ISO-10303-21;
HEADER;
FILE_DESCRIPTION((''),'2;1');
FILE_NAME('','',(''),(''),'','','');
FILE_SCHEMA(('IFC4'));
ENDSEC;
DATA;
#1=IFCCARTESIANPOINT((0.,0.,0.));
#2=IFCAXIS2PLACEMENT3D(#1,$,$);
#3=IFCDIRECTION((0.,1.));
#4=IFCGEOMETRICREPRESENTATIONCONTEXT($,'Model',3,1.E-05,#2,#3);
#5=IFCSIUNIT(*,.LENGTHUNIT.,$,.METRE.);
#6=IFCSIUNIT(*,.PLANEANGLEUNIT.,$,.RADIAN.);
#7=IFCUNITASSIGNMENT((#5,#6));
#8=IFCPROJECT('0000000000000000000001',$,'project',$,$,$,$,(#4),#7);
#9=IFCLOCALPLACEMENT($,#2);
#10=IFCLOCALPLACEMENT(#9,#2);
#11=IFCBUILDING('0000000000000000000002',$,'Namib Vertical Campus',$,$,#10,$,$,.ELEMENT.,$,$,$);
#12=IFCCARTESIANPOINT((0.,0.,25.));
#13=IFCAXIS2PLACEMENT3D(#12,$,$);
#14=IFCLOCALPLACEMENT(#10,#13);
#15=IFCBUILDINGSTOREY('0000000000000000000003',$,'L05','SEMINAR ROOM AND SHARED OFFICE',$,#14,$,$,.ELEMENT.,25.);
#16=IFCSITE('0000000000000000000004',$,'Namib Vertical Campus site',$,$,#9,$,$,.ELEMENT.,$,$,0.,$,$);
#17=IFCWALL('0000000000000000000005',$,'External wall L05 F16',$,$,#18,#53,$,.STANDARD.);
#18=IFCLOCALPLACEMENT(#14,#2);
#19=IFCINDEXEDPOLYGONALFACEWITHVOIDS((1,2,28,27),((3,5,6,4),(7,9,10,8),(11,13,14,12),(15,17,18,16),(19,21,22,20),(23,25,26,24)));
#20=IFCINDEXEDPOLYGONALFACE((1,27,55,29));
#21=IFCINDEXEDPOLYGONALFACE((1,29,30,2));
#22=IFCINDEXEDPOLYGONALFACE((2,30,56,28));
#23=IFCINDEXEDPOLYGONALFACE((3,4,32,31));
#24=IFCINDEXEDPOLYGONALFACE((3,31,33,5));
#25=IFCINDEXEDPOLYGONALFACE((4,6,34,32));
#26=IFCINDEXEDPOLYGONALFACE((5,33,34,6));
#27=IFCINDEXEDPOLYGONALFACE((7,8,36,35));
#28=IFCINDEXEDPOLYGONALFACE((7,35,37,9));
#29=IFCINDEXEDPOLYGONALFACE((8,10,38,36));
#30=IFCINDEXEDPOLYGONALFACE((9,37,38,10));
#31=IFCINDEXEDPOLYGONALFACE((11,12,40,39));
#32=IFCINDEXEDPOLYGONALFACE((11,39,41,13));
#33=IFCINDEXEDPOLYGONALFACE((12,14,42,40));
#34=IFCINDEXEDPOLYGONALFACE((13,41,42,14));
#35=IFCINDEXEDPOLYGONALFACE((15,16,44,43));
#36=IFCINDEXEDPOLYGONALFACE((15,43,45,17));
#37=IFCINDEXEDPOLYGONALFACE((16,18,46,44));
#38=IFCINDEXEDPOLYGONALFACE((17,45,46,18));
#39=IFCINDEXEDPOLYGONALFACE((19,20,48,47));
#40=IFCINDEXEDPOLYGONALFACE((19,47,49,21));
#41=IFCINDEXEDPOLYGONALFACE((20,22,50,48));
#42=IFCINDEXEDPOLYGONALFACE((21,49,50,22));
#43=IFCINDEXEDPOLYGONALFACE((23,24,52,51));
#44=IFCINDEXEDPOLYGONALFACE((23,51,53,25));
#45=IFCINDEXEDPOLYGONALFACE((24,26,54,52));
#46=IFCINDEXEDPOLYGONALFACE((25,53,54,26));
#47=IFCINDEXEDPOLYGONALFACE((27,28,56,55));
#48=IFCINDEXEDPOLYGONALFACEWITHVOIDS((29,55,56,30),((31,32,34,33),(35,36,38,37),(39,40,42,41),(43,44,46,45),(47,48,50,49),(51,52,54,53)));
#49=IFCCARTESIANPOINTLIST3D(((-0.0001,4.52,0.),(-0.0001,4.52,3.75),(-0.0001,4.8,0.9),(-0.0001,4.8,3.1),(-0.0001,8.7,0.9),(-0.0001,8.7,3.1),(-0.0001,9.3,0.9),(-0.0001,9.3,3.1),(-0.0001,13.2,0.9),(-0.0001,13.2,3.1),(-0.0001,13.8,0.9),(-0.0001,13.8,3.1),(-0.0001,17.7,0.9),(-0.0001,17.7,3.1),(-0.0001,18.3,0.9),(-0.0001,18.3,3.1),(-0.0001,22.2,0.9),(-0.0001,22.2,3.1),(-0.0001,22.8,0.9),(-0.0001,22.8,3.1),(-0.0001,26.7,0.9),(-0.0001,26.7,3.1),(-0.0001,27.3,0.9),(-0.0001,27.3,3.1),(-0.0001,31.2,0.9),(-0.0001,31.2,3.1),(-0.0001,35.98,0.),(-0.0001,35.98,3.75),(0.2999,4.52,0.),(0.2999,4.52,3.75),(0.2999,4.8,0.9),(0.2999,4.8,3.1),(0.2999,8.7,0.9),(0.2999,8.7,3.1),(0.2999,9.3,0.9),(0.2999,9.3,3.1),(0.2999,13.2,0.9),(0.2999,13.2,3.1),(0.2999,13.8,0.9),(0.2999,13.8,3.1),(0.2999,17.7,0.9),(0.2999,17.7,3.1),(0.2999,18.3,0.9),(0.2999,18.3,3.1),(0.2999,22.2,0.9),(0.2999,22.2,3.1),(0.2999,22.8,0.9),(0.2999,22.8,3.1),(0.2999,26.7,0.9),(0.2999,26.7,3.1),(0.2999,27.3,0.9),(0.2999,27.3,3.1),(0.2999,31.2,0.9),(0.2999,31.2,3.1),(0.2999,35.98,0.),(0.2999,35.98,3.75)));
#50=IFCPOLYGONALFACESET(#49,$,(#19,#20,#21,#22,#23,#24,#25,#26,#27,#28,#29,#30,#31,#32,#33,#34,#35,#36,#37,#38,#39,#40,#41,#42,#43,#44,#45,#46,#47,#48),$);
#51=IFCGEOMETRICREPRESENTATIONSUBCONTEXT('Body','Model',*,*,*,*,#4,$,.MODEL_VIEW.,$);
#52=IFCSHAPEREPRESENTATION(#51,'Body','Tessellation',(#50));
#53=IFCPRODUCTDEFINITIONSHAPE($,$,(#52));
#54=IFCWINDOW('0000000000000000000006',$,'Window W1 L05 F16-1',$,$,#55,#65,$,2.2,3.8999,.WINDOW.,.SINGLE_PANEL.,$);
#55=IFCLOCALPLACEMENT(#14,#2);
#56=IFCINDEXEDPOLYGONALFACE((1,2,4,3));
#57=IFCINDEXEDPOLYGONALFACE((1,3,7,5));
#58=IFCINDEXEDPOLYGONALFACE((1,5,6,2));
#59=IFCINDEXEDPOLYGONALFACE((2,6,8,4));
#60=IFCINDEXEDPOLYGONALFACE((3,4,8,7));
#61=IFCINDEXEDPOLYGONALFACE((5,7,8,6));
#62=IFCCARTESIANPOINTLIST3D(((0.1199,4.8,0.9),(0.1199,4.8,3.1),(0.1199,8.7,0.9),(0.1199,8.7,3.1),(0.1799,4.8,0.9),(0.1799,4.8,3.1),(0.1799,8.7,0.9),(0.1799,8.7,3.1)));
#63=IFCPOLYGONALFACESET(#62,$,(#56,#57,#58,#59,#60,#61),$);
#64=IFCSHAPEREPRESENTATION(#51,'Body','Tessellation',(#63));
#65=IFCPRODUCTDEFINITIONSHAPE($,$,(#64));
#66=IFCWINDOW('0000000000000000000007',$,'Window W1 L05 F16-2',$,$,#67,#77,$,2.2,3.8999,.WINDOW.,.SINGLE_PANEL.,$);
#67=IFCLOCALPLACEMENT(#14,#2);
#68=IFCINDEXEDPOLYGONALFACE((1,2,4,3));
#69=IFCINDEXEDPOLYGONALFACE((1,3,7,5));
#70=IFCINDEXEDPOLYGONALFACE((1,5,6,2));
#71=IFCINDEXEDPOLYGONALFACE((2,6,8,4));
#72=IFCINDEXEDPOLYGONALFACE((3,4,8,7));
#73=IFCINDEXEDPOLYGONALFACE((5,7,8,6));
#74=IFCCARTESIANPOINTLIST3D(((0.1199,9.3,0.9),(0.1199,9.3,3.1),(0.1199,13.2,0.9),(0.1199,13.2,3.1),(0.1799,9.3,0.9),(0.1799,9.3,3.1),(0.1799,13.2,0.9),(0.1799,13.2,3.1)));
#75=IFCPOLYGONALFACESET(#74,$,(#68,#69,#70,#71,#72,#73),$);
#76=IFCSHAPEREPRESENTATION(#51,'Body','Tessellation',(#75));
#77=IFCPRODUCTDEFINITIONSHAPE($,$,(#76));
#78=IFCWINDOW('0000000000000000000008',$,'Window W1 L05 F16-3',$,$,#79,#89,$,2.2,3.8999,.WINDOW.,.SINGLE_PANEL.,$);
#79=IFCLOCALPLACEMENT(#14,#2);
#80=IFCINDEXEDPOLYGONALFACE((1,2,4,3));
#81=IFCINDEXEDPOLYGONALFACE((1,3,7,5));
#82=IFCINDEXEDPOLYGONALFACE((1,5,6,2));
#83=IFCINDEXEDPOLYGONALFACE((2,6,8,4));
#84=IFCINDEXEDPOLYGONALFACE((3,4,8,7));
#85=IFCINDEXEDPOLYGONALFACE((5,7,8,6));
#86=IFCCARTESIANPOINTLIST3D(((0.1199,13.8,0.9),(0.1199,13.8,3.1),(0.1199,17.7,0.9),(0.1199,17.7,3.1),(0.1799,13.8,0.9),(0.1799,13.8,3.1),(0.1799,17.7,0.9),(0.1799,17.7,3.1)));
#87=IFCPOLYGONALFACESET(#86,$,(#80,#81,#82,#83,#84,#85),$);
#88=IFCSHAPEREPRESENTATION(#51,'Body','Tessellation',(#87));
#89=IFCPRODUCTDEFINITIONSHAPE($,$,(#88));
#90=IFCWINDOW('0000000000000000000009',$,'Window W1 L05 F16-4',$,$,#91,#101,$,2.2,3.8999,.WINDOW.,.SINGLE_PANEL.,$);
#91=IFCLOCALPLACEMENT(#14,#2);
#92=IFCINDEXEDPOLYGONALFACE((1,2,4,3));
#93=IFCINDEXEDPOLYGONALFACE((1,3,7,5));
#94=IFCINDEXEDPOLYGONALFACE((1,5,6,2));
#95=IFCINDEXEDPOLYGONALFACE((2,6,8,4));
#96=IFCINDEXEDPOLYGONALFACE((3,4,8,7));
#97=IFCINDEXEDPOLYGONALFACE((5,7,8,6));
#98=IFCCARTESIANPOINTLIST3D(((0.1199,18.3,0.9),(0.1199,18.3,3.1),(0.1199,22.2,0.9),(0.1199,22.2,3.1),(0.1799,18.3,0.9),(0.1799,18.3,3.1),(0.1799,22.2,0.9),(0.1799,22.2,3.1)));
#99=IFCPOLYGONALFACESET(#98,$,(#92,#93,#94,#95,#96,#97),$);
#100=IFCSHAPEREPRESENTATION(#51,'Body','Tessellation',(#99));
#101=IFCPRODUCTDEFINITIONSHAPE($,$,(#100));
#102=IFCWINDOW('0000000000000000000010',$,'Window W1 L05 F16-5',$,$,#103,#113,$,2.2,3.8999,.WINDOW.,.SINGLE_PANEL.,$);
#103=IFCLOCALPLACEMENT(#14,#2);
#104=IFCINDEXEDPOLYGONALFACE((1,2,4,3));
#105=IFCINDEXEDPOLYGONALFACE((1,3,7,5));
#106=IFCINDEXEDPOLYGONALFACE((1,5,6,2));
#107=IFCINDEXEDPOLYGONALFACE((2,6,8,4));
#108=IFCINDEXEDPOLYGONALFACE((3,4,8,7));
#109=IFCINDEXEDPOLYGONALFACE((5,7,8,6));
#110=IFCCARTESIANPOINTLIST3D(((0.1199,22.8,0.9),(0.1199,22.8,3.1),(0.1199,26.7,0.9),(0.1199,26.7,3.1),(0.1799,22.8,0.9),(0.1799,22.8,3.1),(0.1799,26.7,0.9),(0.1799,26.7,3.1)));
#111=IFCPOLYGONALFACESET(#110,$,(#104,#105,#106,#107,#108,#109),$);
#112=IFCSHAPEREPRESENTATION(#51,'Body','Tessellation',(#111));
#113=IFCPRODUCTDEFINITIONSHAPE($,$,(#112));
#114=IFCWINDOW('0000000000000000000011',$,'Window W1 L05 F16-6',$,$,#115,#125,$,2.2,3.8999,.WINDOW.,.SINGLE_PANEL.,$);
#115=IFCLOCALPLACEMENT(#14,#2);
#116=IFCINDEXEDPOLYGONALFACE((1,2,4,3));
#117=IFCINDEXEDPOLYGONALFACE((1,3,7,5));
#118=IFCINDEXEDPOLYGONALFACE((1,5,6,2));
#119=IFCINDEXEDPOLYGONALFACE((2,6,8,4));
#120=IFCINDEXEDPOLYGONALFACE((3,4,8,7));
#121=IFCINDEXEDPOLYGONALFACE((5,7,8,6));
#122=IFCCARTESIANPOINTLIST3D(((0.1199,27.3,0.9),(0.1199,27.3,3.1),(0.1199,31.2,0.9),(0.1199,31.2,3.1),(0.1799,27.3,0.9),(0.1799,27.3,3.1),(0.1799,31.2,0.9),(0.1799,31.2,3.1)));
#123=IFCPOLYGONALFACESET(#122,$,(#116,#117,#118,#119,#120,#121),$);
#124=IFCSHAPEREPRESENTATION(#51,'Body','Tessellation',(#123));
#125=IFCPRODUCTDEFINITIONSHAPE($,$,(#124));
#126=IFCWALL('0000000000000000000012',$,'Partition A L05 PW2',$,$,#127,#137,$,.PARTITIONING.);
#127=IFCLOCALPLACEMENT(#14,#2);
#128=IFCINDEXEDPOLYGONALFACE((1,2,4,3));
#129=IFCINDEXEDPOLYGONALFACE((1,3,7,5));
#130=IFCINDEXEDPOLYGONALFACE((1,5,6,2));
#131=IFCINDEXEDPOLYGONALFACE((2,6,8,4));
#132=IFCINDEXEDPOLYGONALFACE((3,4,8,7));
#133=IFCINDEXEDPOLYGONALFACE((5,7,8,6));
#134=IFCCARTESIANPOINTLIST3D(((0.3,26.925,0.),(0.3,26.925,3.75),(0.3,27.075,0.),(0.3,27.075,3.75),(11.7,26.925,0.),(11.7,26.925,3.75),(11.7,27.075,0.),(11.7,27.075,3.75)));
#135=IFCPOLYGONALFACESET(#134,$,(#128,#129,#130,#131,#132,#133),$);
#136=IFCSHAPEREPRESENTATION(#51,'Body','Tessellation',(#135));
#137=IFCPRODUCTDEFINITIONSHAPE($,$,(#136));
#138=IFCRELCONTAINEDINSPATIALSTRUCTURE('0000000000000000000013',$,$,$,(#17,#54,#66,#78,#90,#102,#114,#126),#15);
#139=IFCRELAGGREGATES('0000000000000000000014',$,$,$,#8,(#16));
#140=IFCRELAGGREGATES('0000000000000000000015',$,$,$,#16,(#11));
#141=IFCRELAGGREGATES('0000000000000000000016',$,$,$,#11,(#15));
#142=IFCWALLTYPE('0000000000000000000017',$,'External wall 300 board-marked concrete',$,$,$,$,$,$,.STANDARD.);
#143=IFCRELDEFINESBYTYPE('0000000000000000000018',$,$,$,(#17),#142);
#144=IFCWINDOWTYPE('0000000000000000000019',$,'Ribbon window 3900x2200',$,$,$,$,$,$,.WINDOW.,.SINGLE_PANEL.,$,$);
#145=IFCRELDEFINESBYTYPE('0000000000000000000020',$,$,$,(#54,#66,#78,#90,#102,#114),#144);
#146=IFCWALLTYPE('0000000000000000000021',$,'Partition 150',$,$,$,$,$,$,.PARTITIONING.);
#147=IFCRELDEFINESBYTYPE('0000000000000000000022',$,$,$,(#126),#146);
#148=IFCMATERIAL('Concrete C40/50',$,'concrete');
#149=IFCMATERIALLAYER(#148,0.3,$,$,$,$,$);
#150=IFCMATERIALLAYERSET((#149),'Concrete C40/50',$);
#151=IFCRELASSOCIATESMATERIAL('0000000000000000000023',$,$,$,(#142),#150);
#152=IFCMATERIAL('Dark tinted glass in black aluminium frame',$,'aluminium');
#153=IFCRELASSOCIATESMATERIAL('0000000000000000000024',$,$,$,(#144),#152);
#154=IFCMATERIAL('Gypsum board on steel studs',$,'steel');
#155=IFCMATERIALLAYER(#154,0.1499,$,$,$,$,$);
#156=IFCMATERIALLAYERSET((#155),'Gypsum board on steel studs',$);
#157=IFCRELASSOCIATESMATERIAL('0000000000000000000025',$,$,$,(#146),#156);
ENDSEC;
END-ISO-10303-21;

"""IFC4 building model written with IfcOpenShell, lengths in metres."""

from ifc_helpers import new_model, si_unit, direction, frame, frame_2d, origin, place, context, subcontext, project, spatial, rectangle, extrude, material, layer, layer_set, type_object, element, fill, save


model = new_model("IFC4")

# Units and contexts
model_context = context("Model", 3, precision=1e-05, world=origin(), true_north=direction((0.0, 1.0)))
body_context = subcontext(model_context, "Body", "Model", "MODEL_VIEW")
ifc_project = project(units=[si_unit("LENGTHUNIT", "METRE"), si_unit("PLANEANGLEUNIT", "RADIAN")], contexts=[model_context])

# Site, building, storey
site_placement = place(None, origin())
site = spatial("IfcSite", under=ifc_project, at=site_placement, Name="Namib Vertical Campus site", CompositionType="ELEMENT", RefElevation=0.0)
building_placement = place(site_placement, origin())
building = spatial("IfcBuilding", under=site, at=building_placement, Name="Namib Vertical Campus", CompositionType="ELEMENT")
storey_placement = place(building_placement, frame((0.0, 0.0, 25.0)))
storey = spatial("IfcBuildingStorey", under=building, at=storey_placement, Name="L05", Description="SEMINAR ROOM AND SHARED OFFICE", CompositionType="ELEMENT", Elevation=25.0)

# Shared definitions
ifc_material_1 = material(Name="Concrete C40/50", Category="concrete")
ifc_layer_1 = layer(ifc_material_1, 0.3)
ifc_layer_set_1 = layer_set([ifc_layer_1], Name="Concrete C40/50")
wall_type_1 = type_object("IfcWallType", Name="External wall 300 board-marked concrete", PredefinedType="STANDARD", material=ifc_layer_set_1)

# Wall, openings, windows
wall_1_placement = place(storey_placement, frame((0.1499, 35.98, 0.0), z_axis=(0.0, 0.0, 1.0), x_axis=(0.0, -1.0, 0.0)))
wall_1 = element("IfcWall", 1, at=wall_1_placement, inside=storey, type_object=wall_type_1, Name="External wall L05 F16", PredefinedType="STANDARD", context=body_context, shape_type="SweptSolid", body=[
    extrude(rectangle(XDim=31.46, YDim=0.3, at=frame_2d((15.73, 0.0))), origin(), (0.0, 0.0, 1.0), 3.75),
])
opening_1_placement = place(wall_1_placement, frame((27.28, 0.0, 0.8999)))
opening_1 = element("IfcOpeningElement", 2, at=opening_1_placement, cuts=wall_1, PredefinedType="OPENING", context=body_context, shape_type="SweptSolid", body=[
    extrude(rectangle(XDim=3.8999, YDim=2.2, at=frame_2d((1.95, 1.1001))), frame((0.0, 0.1599, 0.0), z_axis=(0.0, -1.0, 0.0), x_axis=(1.0, 0.0, 0.0)), (0.0, 0.0, 1.0), 0.3201),
])
opening_2_placement = place(wall_1_placement, frame((22.78, 0.0, 0.8999)))
opening_2 = element("IfcOpeningElement", 3, at=opening_2_placement, cuts=wall_1, PredefinedType="OPENING", context=body_context, shape_type="SweptSolid", body=[
    extrude(rectangle(XDim=3.8999, YDim=2.2, at=frame_2d((1.95, 1.1001))), frame((0.0, 0.1599, 0.0), z_axis=(0.0, -1.0, 0.0), x_axis=(1.0, 0.0, 0.0)), (0.0, 0.0, 1.0), 0.3201),
])
opening_3_placement = place(wall_1_placement, frame((18.28, 0.0, 0.8999)))
opening_3 = element("IfcOpeningElement", 4, at=opening_3_placement, cuts=wall_1, PredefinedType="OPENING", context=body_context, shape_type="SweptSolid", body=[
    extrude(rectangle(XDim=3.8999, YDim=2.2, at=frame_2d((1.95, 1.1001))), frame((0.0, 0.1599, 0.0), z_axis=(0.0, -1.0, 0.0), x_axis=(1.0, 0.0, 0.0)), (0.0, 0.0, 1.0), 0.3201),
])
opening_4_placement = place(wall_1_placement, frame((13.78, 0.0, 0.8999)))
opening_4 = element("IfcOpeningElement", 5, at=opening_4_placement, cuts=wall_1, PredefinedType="OPENING", context=body_context, shape_type="SweptSolid", body=[
    extrude(rectangle(XDim=3.8999, YDim=2.2, at=frame_2d((1.95, 1.1001))), frame((0.0, 0.1599, 0.0), z_axis=(0.0, -1.0, 0.0), x_axis=(1.0, 0.0, 0.0)), (0.0, 0.0, 1.0), 0.3201),
])
opening_5_placement = place(wall_1_placement, frame((9.28, 0.0, 0.8999)))
opening_5 = element("IfcOpeningElement", 6, at=opening_5_placement, cuts=wall_1, PredefinedType="OPENING", context=body_context, shape_type="SweptSolid", body=[
    extrude(rectangle(XDim=3.8999, YDim=2.2, at=frame_2d((1.95, 1.1001))), frame((0.0, 0.1599, 0.0), z_axis=(0.0, -1.0, 0.0), x_axis=(1.0, 0.0, 0.0)), (0.0, 0.0, 1.0), 0.3201),
])
opening_6_placement = place(wall_1_placement, frame((4.78, 0.0, 0.8999)))
opening_6 = element("IfcOpeningElement", 7, at=opening_6_placement, cuts=wall_1, PredefinedType="OPENING", context=body_context, shape_type="SweptSolid", body=[
    extrude(rectangle(XDim=3.8999, YDim=2.2, at=frame_2d((1.95, 1.1001))), frame((0.0, 0.1599, 0.0), z_axis=(0.0, -1.0, 0.0), x_axis=(1.0, 0.0, 0.0)), (0.0, 0.0, 1.0), 0.3201),
])
ifc_material_2 = material(Name="Dark tinted glass in black aluminium frame", Category="aluminium")
window_type = type_object("IfcWindowType", Name="Ribbon window 3900x2200", PartitioningType="SINGLE_PANEL", PredefinedType="WINDOW", material=ifc_material_2)
window_1_placement = place(opening_1_placement, origin())
window_1 = element("IfcWindow", 8, at=window_1_placement, inside=storey, type_object=window_type, Name="Window W1 L05 F16-1", OverallHeight=2.2, OverallWidth=3.8999, PartitioningType="SINGLE_PANEL", PredefinedType="WINDOW", context=body_context, shape_type="SweptSolid", body=[
    extrude(rectangle(XDim=3.8999, YDim=2.2, at=frame_2d((1.95, 1.1001))), frame((0.0, 0.03, 0.0), z_axis=(0.0, -1.0, 0.0), x_axis=(1.0, 0.0, 0.0)), (0.0, 0.0, 1.0), 0.0601),
])
fill(opening_1, window_1)
window_2_placement = place(opening_2_placement, origin())
window_2 = element("IfcWindow", 9, at=window_2_placement, inside=storey, type_object=window_type, Name="Window W1 L05 F16-2", OverallHeight=2.2, OverallWidth=3.8999, PartitioningType="SINGLE_PANEL", PredefinedType="WINDOW", context=body_context, shape_type="SweptSolid", body=[
    extrude(rectangle(XDim=3.8999, YDim=2.2, at=frame_2d((1.95, 1.1001))), frame((0.0, 0.03, 0.0), z_axis=(0.0, -1.0, 0.0), x_axis=(1.0, 0.0, 0.0)), (0.0, 0.0, 1.0), 0.0601),
])
fill(opening_2, window_2)
window_3_placement = place(opening_3_placement, origin())
window_3 = element("IfcWindow", 10, at=window_3_placement, inside=storey, type_object=window_type, Name="Window W1 L05 F16-3", OverallHeight=2.2, OverallWidth=3.8999, PartitioningType="SINGLE_PANEL", PredefinedType="WINDOW", context=body_context, shape_type="SweptSolid", body=[
    extrude(rectangle(XDim=3.8999, YDim=2.2, at=frame_2d((1.95, 1.1001))), frame((0.0, 0.03, 0.0), z_axis=(0.0, -1.0, 0.0), x_axis=(1.0, 0.0, 0.0)), (0.0, 0.0, 1.0), 0.0601),
])
fill(opening_3, window_3)
window_4_placement = place(opening_4_placement, origin())
window_4 = element("IfcWindow", 11, at=window_4_placement, inside=storey, type_object=window_type, Name="Window W1 L05 F16-4", OverallHeight=2.2, OverallWidth=3.8999, PartitioningType="SINGLE_PANEL", PredefinedType="WINDOW", context=body_context, shape_type="SweptSolid", body=[
    extrude(rectangle(XDim=3.8999, YDim=2.2, at=frame_2d((1.95, 1.1001))), frame((0.0, 0.03, 0.0), z_axis=(0.0, -1.0, 0.0), x_axis=(1.0, 0.0, 0.0)), (0.0, 0.0, 1.0), 0.0601),
])
fill(opening_4, window_4)
window_5_placement = place(opening_5_placement, origin())
window_5 = element("IfcWindow", 12, at=window_5_placement, inside=storey, type_object=window_type, Name="Window W1 L05 F16-5", OverallHeight=2.2, OverallWidth=3.8999, PartitioningType="SINGLE_PANEL", PredefinedType="WINDOW", context=body_context, shape_type="SweptSolid", body=[
    extrude(rectangle(XDim=3.8999, YDim=2.2, at=frame_2d((1.95, 1.1001))), frame((0.0, 0.03, 0.0), z_axis=(0.0, -1.0, 0.0), x_axis=(1.0, 0.0, 0.0)), (0.0, 0.0, 1.0), 0.0601),
])
fill(opening_5, window_5)
window_6_placement = place(opening_6_placement, origin())
window_6 = element("IfcWindow", 13, at=window_6_placement, inside=storey, type_object=window_type, Name="Window W1 L05 F16-6", OverallHeight=2.2, OverallWidth=3.8999, PartitioningType="SINGLE_PANEL", PredefinedType="WINDOW", context=body_context, shape_type="SweptSolid", body=[
    extrude(rectangle(XDim=3.8999, YDim=2.2, at=frame_2d((1.95, 1.1001))), frame((0.0, 0.03, 0.0), z_axis=(0.0, -1.0, 0.0), x_axis=(1.0, 0.0, 0.0)), (0.0, 0.0, 1.0), 0.0601),
])
fill(opening_6, window_6)

# Wall
ifc_material_3 = material(Name="Gypsum board on steel studs", Category="steel")
ifc_layer_2 = layer(ifc_material_3, 0.1499)
ifc_layer_set_2 = layer_set([ifc_layer_2], Name="Gypsum board on steel studs")
wall_type_2 = type_object("IfcWallType", Name="Partition 150", PredefinedType="PARTITIONING", material=ifc_layer_set_2)
wall_2_placement = place(storey_placement, frame((0.3, 27.0, 0.0), z_axis=(0.0, 0.0, 1.0), x_axis=(1.0, 0.0, 0.0)))
element("IfcWall", 14, at=wall_2_placement, inside=storey, type_object=wall_type_2, Name="Partition A L05 PW2", PredefinedType="PARTITIONING", context=body_context, shape_type="SweptSolid", body=[
    extrude(rectangle(XDim=11.3999, YDim=0.1499, at=frame_2d((5.7, 0.0))), origin(), (0.0, 0.0, 1.0), 3.75),
])

save(model, "model.ifc")
